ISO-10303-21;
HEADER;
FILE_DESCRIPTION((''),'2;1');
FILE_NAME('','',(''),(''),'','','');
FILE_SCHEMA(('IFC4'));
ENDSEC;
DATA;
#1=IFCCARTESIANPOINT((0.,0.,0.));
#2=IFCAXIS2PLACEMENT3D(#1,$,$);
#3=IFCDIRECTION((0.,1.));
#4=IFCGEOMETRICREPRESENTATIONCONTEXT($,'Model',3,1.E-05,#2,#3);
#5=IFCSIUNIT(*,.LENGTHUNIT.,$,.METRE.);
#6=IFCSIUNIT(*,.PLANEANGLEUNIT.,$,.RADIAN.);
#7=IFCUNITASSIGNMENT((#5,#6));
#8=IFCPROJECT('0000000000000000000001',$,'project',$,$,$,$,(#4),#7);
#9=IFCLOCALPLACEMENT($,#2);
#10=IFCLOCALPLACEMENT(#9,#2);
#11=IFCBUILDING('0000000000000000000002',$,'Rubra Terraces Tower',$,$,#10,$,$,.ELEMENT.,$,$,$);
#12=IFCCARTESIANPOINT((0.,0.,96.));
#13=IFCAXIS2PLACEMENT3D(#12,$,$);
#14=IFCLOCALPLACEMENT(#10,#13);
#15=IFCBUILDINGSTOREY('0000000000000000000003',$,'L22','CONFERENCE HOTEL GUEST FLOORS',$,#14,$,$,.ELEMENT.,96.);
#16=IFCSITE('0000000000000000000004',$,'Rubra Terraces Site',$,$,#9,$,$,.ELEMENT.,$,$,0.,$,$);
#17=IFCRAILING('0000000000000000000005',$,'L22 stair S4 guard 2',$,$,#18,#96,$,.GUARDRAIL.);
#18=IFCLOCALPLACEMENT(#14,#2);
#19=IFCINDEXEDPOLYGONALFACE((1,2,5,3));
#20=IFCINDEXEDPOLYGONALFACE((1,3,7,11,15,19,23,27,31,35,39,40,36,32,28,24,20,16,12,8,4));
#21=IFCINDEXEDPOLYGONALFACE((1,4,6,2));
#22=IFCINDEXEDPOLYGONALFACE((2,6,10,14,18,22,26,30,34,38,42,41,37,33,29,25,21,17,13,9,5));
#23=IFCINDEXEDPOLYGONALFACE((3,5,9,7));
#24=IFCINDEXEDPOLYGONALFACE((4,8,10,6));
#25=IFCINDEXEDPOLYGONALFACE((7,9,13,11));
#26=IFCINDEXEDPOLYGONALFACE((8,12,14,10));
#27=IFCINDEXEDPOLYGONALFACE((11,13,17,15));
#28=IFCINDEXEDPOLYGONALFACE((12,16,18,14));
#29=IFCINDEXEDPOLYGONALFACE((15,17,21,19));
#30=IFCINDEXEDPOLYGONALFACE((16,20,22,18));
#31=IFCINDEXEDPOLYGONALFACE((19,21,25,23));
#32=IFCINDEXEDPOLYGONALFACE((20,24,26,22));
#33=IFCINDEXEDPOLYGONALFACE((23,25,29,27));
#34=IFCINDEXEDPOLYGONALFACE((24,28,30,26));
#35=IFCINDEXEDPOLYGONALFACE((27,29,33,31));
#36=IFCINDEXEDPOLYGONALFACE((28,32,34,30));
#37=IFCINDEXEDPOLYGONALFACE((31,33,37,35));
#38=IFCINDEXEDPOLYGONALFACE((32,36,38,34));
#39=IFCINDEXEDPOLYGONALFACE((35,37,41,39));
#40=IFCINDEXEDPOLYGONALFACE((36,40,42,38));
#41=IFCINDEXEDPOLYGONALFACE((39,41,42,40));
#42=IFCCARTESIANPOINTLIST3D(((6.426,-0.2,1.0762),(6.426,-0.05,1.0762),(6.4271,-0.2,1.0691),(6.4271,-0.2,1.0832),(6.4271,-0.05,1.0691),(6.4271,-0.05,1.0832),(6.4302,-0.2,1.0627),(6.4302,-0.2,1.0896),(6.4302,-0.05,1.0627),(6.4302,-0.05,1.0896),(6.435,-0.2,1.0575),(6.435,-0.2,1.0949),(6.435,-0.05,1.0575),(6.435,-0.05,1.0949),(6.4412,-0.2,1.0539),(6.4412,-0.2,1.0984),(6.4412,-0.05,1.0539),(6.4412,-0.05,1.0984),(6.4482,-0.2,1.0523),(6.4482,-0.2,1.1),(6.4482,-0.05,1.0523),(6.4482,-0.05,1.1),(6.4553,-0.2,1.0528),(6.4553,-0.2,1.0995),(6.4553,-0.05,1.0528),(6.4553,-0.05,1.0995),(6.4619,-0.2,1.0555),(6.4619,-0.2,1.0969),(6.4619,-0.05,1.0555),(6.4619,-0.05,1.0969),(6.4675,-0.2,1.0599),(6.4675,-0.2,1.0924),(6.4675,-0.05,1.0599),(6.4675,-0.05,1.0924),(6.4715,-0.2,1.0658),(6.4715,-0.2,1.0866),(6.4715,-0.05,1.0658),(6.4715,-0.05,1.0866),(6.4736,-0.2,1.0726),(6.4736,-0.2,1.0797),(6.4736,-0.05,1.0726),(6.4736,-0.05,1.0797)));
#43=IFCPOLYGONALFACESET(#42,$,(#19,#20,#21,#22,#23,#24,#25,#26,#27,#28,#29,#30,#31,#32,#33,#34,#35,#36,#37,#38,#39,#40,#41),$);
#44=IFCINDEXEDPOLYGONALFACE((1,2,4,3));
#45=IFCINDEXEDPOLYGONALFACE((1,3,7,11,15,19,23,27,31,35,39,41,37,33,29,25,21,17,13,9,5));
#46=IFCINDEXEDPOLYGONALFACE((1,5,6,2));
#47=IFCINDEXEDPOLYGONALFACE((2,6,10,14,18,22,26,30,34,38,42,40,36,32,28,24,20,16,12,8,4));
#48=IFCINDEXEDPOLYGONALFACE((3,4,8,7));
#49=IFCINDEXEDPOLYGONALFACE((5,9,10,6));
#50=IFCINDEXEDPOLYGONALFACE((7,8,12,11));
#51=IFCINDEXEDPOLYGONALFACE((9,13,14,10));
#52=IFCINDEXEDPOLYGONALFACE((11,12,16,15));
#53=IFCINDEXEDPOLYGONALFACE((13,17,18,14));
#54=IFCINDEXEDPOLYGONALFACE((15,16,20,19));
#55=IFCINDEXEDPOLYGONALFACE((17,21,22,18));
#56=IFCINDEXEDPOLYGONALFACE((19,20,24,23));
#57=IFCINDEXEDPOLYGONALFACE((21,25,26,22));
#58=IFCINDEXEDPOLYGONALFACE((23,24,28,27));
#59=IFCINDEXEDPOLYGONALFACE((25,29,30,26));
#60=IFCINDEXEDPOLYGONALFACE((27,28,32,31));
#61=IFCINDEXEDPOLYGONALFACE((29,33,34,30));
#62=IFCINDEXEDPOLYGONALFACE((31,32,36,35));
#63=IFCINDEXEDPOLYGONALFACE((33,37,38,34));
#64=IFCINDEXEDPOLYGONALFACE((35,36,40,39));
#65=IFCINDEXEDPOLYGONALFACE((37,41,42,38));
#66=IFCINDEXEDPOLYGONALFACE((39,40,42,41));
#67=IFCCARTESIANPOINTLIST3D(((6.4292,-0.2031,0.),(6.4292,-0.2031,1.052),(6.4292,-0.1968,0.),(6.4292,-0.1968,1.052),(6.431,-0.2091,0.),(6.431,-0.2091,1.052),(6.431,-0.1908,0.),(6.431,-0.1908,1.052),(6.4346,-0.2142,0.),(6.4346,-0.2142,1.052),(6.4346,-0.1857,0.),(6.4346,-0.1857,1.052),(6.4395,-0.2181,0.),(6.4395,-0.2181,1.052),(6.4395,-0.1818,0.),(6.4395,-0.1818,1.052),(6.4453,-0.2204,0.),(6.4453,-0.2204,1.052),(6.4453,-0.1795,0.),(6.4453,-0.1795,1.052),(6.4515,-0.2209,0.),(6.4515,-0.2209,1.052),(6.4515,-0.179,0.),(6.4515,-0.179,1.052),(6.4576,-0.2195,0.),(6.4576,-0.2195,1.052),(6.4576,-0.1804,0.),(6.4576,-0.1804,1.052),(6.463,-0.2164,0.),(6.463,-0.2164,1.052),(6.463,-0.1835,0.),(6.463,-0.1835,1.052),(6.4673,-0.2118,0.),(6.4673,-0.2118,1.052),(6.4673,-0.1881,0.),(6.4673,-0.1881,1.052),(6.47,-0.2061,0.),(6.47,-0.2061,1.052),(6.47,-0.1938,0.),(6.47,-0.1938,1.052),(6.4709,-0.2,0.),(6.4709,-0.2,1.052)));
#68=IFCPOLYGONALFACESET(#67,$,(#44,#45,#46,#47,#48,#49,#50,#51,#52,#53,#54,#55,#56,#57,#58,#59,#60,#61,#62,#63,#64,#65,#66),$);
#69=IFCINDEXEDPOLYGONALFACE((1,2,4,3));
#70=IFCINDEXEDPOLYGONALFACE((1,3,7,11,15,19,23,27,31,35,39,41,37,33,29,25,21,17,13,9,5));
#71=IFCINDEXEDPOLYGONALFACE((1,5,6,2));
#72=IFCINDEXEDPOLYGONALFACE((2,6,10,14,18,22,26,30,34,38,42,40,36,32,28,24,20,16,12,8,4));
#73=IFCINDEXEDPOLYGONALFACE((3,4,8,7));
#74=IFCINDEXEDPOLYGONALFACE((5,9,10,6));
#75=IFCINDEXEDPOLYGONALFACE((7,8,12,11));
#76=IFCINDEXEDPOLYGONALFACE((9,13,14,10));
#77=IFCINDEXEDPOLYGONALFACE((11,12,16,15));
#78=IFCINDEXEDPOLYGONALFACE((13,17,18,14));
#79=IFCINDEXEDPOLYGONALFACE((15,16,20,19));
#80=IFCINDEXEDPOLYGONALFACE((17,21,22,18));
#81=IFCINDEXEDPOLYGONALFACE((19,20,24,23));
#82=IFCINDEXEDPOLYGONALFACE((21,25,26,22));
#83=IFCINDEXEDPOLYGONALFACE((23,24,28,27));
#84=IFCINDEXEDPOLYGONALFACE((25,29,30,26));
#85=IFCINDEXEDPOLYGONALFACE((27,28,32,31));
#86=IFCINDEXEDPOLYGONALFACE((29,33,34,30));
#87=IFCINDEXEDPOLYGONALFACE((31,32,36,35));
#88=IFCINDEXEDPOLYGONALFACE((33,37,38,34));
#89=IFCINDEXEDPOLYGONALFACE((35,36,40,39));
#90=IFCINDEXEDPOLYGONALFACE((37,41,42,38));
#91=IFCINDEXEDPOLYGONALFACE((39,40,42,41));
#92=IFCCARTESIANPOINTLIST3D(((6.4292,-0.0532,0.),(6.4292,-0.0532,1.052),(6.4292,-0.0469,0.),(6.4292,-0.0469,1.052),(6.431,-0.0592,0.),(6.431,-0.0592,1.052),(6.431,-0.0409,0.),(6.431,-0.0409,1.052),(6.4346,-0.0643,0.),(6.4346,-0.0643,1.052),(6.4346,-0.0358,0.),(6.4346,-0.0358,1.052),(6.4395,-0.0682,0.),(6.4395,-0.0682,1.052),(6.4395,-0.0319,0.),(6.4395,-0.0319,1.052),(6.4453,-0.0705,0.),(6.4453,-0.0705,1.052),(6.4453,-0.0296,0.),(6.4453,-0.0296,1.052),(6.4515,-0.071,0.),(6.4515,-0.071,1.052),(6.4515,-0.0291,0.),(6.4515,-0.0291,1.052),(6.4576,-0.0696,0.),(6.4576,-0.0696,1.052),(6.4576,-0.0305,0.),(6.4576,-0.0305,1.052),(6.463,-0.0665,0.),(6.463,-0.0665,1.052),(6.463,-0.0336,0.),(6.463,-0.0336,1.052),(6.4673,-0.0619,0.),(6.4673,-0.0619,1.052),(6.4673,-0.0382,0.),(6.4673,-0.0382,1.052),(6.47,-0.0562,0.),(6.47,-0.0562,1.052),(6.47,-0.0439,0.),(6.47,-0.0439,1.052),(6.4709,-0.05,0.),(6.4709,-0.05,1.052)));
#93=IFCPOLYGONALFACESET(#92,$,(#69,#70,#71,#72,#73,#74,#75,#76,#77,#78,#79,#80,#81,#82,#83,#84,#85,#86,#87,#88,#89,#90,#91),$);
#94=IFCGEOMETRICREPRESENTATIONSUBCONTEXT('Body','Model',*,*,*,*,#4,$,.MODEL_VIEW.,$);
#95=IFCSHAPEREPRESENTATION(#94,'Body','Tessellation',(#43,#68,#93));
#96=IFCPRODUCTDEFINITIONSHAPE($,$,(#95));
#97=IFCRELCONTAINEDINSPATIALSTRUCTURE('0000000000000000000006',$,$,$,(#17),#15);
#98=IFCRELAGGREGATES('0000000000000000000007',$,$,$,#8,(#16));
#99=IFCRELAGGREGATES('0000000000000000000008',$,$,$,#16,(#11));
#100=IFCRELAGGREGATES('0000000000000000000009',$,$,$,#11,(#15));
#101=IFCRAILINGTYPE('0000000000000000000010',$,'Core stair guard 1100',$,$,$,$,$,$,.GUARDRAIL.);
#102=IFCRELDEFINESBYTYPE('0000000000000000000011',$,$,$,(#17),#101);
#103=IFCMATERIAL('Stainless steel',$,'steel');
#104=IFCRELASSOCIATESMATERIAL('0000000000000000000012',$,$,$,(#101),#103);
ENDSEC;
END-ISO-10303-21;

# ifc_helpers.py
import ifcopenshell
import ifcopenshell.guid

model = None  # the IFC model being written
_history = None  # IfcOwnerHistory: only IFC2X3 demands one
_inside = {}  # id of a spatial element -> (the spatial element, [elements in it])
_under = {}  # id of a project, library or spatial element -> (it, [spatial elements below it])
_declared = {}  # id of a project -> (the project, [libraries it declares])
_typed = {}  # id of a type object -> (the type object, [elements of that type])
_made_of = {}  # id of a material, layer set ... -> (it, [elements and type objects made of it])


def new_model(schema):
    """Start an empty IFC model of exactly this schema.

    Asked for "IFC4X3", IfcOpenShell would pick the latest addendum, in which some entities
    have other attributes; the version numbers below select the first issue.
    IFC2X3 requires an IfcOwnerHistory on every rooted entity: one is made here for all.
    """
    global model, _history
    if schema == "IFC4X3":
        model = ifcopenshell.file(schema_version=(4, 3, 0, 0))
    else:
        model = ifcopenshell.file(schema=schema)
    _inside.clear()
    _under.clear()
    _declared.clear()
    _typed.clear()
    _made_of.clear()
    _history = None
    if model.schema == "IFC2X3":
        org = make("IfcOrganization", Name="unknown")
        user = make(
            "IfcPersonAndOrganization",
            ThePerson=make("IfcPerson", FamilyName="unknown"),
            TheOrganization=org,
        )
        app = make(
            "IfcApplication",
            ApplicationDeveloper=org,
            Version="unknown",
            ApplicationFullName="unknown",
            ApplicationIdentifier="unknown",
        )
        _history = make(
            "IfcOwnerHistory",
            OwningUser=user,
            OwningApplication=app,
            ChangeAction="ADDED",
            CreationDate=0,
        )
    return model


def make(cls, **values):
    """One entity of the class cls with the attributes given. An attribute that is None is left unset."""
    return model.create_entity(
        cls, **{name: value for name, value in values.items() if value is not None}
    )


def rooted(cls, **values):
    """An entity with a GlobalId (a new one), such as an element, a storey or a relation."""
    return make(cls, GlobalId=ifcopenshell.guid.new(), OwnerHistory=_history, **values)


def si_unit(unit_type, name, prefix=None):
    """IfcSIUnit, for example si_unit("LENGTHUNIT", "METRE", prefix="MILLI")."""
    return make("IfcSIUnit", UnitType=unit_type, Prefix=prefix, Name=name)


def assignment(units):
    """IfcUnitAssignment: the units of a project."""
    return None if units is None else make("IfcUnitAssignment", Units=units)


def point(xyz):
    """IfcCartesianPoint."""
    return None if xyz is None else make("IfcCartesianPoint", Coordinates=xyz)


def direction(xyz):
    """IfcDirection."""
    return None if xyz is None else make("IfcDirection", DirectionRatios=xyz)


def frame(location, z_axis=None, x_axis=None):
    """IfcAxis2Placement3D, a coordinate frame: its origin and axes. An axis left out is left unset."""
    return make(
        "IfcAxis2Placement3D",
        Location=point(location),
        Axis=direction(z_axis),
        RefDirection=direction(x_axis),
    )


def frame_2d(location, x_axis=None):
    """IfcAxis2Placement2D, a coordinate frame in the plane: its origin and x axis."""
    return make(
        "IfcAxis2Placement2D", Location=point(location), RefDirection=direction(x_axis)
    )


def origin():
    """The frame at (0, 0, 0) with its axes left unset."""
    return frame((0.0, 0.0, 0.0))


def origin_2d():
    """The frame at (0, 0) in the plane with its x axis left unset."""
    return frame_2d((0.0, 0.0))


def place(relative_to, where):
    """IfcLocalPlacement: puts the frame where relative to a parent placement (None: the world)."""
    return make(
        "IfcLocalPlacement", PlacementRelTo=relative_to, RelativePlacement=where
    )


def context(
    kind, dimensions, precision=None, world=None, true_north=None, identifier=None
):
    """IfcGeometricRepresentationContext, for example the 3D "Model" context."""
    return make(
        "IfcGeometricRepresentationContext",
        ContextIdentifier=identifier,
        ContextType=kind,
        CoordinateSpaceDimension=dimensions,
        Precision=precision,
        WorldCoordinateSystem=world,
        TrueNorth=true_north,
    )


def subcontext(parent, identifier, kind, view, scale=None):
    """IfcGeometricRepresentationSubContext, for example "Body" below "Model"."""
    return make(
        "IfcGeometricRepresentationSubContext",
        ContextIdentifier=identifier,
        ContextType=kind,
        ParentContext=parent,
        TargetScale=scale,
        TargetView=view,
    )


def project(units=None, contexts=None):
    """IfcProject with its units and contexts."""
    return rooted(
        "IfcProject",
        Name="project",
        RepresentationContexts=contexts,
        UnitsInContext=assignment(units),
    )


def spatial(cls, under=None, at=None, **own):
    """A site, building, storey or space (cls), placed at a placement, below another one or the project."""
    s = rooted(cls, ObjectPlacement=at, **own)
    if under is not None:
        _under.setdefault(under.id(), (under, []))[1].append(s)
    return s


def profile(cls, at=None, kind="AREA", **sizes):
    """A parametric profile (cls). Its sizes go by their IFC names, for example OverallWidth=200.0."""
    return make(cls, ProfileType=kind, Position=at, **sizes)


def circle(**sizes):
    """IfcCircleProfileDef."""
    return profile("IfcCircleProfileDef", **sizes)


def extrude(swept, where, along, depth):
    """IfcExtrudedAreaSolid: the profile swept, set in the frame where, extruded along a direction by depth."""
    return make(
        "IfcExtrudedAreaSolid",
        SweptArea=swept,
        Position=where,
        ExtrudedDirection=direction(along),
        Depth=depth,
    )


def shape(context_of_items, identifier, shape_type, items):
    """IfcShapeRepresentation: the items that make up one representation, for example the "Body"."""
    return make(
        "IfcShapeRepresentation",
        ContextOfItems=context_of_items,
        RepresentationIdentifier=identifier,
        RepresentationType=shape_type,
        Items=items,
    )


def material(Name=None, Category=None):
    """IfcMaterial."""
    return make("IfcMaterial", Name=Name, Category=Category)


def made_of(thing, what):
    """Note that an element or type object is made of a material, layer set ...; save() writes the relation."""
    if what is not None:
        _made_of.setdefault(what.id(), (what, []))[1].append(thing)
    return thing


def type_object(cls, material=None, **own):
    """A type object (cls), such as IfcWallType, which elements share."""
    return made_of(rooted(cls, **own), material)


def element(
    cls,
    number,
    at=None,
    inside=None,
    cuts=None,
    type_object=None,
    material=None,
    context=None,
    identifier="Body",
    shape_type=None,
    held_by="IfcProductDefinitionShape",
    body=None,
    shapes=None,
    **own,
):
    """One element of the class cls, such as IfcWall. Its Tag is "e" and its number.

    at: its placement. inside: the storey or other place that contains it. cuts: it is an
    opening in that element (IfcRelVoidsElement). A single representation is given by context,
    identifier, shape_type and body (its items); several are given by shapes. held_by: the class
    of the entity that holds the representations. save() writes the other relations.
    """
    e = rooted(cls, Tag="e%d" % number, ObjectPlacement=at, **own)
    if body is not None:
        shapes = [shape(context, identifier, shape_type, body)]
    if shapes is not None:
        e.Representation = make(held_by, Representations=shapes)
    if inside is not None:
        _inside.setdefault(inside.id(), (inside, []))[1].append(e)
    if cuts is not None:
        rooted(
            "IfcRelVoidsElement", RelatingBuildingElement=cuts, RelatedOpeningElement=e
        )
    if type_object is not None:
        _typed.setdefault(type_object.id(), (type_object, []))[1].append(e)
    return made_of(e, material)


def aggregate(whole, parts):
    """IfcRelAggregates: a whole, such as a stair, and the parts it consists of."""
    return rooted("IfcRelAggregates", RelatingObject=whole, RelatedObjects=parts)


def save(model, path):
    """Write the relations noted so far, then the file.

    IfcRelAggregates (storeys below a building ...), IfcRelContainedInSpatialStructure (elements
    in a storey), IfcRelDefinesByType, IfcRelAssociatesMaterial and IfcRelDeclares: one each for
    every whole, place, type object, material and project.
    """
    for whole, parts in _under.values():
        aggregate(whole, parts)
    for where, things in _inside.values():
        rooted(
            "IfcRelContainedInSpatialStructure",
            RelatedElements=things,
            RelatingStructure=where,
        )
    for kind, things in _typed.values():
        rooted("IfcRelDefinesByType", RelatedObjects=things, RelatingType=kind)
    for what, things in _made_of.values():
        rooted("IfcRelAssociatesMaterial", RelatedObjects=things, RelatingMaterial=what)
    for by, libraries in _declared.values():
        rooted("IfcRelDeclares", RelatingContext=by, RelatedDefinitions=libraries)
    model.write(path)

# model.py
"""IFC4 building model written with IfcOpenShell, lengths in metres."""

from ifc_helpers import new_model, si_unit, direction, frame, origin, origin_2d, place, context, subcontext, project, spatial, circle, extrude, material, type_object, element, save


model = new_model("IFC4")

# Units and contexts
model_context = context("Model", 3, precision=1e-05, world=origin(), true_north=direction((0.0, 1.0)))
body_context = subcontext(model_context, "Body", "Model", "MODEL_VIEW")
ifc_project = project(units=[si_unit("LENGTHUNIT", "METRE"), si_unit("PLANEANGLEUNIT", "RADIAN")], contexts=[model_context])

# Site, building, storey
site_placement = place(None, origin())
site = spatial("IfcSite", under=ifc_project, at=site_placement, Name="Rubra Terraces Site", CompositionType="ELEMENT", RefElevation=0.0)
building_placement = place(site_placement, origin())
building = spatial("IfcBuilding", under=site, at=building_placement, Name="Rubra Terraces Tower", CompositionType="ELEMENT")
storey_placement = place(building_placement, frame((0.0, 0.0, 96.0)))
storey = spatial("IfcBuildingStorey", under=building, at=storey_placement, Name="L22", Description="CONFERENCE HOTEL GUEST FLOORS", CompositionType="ELEMENT", Elevation=96.0)

# Railing
ifc_material_1 = material(Name="Stainless steel", Category="steel")
railing_type_1 = type_object("IfcRailingType", Name="Core stair guard 1100", PredefinedType="GUARDRAIL", material=ifc_material_1)
railing_1_placement = place(storey_placement, frame((6.45, -0.2, 0.0)))
element("IfcRailing", 1, at=railing_1_placement, inside=storey, type_object=railing_type_1, Name="L22 stair S4 guard 2", PredefinedType="GUARDRAIL", context=body_context, shape_type="SweptSolid", body=[
    extrude(circle(Radius=0.0239, at=origin_2d()), frame((0.0, 0.0, 1.0762), z_axis=(0.0, 1.0, 0.0), x_axis=(-1.0, 0.0, 0.0)), (0.0, 0.0, 1.0), 0.1499),
    extrude(circle(Radius=0.021, at=origin_2d()), origin(), (0.0, 0.0, 1.0), 1.052),
    extrude(circle(Radius=0.021, at=origin_2d()), frame((0.0, 0.1499, 0.0)), (0.0, 0.0, 1.0), 1.052),
])

save(model, "model.ifc")
